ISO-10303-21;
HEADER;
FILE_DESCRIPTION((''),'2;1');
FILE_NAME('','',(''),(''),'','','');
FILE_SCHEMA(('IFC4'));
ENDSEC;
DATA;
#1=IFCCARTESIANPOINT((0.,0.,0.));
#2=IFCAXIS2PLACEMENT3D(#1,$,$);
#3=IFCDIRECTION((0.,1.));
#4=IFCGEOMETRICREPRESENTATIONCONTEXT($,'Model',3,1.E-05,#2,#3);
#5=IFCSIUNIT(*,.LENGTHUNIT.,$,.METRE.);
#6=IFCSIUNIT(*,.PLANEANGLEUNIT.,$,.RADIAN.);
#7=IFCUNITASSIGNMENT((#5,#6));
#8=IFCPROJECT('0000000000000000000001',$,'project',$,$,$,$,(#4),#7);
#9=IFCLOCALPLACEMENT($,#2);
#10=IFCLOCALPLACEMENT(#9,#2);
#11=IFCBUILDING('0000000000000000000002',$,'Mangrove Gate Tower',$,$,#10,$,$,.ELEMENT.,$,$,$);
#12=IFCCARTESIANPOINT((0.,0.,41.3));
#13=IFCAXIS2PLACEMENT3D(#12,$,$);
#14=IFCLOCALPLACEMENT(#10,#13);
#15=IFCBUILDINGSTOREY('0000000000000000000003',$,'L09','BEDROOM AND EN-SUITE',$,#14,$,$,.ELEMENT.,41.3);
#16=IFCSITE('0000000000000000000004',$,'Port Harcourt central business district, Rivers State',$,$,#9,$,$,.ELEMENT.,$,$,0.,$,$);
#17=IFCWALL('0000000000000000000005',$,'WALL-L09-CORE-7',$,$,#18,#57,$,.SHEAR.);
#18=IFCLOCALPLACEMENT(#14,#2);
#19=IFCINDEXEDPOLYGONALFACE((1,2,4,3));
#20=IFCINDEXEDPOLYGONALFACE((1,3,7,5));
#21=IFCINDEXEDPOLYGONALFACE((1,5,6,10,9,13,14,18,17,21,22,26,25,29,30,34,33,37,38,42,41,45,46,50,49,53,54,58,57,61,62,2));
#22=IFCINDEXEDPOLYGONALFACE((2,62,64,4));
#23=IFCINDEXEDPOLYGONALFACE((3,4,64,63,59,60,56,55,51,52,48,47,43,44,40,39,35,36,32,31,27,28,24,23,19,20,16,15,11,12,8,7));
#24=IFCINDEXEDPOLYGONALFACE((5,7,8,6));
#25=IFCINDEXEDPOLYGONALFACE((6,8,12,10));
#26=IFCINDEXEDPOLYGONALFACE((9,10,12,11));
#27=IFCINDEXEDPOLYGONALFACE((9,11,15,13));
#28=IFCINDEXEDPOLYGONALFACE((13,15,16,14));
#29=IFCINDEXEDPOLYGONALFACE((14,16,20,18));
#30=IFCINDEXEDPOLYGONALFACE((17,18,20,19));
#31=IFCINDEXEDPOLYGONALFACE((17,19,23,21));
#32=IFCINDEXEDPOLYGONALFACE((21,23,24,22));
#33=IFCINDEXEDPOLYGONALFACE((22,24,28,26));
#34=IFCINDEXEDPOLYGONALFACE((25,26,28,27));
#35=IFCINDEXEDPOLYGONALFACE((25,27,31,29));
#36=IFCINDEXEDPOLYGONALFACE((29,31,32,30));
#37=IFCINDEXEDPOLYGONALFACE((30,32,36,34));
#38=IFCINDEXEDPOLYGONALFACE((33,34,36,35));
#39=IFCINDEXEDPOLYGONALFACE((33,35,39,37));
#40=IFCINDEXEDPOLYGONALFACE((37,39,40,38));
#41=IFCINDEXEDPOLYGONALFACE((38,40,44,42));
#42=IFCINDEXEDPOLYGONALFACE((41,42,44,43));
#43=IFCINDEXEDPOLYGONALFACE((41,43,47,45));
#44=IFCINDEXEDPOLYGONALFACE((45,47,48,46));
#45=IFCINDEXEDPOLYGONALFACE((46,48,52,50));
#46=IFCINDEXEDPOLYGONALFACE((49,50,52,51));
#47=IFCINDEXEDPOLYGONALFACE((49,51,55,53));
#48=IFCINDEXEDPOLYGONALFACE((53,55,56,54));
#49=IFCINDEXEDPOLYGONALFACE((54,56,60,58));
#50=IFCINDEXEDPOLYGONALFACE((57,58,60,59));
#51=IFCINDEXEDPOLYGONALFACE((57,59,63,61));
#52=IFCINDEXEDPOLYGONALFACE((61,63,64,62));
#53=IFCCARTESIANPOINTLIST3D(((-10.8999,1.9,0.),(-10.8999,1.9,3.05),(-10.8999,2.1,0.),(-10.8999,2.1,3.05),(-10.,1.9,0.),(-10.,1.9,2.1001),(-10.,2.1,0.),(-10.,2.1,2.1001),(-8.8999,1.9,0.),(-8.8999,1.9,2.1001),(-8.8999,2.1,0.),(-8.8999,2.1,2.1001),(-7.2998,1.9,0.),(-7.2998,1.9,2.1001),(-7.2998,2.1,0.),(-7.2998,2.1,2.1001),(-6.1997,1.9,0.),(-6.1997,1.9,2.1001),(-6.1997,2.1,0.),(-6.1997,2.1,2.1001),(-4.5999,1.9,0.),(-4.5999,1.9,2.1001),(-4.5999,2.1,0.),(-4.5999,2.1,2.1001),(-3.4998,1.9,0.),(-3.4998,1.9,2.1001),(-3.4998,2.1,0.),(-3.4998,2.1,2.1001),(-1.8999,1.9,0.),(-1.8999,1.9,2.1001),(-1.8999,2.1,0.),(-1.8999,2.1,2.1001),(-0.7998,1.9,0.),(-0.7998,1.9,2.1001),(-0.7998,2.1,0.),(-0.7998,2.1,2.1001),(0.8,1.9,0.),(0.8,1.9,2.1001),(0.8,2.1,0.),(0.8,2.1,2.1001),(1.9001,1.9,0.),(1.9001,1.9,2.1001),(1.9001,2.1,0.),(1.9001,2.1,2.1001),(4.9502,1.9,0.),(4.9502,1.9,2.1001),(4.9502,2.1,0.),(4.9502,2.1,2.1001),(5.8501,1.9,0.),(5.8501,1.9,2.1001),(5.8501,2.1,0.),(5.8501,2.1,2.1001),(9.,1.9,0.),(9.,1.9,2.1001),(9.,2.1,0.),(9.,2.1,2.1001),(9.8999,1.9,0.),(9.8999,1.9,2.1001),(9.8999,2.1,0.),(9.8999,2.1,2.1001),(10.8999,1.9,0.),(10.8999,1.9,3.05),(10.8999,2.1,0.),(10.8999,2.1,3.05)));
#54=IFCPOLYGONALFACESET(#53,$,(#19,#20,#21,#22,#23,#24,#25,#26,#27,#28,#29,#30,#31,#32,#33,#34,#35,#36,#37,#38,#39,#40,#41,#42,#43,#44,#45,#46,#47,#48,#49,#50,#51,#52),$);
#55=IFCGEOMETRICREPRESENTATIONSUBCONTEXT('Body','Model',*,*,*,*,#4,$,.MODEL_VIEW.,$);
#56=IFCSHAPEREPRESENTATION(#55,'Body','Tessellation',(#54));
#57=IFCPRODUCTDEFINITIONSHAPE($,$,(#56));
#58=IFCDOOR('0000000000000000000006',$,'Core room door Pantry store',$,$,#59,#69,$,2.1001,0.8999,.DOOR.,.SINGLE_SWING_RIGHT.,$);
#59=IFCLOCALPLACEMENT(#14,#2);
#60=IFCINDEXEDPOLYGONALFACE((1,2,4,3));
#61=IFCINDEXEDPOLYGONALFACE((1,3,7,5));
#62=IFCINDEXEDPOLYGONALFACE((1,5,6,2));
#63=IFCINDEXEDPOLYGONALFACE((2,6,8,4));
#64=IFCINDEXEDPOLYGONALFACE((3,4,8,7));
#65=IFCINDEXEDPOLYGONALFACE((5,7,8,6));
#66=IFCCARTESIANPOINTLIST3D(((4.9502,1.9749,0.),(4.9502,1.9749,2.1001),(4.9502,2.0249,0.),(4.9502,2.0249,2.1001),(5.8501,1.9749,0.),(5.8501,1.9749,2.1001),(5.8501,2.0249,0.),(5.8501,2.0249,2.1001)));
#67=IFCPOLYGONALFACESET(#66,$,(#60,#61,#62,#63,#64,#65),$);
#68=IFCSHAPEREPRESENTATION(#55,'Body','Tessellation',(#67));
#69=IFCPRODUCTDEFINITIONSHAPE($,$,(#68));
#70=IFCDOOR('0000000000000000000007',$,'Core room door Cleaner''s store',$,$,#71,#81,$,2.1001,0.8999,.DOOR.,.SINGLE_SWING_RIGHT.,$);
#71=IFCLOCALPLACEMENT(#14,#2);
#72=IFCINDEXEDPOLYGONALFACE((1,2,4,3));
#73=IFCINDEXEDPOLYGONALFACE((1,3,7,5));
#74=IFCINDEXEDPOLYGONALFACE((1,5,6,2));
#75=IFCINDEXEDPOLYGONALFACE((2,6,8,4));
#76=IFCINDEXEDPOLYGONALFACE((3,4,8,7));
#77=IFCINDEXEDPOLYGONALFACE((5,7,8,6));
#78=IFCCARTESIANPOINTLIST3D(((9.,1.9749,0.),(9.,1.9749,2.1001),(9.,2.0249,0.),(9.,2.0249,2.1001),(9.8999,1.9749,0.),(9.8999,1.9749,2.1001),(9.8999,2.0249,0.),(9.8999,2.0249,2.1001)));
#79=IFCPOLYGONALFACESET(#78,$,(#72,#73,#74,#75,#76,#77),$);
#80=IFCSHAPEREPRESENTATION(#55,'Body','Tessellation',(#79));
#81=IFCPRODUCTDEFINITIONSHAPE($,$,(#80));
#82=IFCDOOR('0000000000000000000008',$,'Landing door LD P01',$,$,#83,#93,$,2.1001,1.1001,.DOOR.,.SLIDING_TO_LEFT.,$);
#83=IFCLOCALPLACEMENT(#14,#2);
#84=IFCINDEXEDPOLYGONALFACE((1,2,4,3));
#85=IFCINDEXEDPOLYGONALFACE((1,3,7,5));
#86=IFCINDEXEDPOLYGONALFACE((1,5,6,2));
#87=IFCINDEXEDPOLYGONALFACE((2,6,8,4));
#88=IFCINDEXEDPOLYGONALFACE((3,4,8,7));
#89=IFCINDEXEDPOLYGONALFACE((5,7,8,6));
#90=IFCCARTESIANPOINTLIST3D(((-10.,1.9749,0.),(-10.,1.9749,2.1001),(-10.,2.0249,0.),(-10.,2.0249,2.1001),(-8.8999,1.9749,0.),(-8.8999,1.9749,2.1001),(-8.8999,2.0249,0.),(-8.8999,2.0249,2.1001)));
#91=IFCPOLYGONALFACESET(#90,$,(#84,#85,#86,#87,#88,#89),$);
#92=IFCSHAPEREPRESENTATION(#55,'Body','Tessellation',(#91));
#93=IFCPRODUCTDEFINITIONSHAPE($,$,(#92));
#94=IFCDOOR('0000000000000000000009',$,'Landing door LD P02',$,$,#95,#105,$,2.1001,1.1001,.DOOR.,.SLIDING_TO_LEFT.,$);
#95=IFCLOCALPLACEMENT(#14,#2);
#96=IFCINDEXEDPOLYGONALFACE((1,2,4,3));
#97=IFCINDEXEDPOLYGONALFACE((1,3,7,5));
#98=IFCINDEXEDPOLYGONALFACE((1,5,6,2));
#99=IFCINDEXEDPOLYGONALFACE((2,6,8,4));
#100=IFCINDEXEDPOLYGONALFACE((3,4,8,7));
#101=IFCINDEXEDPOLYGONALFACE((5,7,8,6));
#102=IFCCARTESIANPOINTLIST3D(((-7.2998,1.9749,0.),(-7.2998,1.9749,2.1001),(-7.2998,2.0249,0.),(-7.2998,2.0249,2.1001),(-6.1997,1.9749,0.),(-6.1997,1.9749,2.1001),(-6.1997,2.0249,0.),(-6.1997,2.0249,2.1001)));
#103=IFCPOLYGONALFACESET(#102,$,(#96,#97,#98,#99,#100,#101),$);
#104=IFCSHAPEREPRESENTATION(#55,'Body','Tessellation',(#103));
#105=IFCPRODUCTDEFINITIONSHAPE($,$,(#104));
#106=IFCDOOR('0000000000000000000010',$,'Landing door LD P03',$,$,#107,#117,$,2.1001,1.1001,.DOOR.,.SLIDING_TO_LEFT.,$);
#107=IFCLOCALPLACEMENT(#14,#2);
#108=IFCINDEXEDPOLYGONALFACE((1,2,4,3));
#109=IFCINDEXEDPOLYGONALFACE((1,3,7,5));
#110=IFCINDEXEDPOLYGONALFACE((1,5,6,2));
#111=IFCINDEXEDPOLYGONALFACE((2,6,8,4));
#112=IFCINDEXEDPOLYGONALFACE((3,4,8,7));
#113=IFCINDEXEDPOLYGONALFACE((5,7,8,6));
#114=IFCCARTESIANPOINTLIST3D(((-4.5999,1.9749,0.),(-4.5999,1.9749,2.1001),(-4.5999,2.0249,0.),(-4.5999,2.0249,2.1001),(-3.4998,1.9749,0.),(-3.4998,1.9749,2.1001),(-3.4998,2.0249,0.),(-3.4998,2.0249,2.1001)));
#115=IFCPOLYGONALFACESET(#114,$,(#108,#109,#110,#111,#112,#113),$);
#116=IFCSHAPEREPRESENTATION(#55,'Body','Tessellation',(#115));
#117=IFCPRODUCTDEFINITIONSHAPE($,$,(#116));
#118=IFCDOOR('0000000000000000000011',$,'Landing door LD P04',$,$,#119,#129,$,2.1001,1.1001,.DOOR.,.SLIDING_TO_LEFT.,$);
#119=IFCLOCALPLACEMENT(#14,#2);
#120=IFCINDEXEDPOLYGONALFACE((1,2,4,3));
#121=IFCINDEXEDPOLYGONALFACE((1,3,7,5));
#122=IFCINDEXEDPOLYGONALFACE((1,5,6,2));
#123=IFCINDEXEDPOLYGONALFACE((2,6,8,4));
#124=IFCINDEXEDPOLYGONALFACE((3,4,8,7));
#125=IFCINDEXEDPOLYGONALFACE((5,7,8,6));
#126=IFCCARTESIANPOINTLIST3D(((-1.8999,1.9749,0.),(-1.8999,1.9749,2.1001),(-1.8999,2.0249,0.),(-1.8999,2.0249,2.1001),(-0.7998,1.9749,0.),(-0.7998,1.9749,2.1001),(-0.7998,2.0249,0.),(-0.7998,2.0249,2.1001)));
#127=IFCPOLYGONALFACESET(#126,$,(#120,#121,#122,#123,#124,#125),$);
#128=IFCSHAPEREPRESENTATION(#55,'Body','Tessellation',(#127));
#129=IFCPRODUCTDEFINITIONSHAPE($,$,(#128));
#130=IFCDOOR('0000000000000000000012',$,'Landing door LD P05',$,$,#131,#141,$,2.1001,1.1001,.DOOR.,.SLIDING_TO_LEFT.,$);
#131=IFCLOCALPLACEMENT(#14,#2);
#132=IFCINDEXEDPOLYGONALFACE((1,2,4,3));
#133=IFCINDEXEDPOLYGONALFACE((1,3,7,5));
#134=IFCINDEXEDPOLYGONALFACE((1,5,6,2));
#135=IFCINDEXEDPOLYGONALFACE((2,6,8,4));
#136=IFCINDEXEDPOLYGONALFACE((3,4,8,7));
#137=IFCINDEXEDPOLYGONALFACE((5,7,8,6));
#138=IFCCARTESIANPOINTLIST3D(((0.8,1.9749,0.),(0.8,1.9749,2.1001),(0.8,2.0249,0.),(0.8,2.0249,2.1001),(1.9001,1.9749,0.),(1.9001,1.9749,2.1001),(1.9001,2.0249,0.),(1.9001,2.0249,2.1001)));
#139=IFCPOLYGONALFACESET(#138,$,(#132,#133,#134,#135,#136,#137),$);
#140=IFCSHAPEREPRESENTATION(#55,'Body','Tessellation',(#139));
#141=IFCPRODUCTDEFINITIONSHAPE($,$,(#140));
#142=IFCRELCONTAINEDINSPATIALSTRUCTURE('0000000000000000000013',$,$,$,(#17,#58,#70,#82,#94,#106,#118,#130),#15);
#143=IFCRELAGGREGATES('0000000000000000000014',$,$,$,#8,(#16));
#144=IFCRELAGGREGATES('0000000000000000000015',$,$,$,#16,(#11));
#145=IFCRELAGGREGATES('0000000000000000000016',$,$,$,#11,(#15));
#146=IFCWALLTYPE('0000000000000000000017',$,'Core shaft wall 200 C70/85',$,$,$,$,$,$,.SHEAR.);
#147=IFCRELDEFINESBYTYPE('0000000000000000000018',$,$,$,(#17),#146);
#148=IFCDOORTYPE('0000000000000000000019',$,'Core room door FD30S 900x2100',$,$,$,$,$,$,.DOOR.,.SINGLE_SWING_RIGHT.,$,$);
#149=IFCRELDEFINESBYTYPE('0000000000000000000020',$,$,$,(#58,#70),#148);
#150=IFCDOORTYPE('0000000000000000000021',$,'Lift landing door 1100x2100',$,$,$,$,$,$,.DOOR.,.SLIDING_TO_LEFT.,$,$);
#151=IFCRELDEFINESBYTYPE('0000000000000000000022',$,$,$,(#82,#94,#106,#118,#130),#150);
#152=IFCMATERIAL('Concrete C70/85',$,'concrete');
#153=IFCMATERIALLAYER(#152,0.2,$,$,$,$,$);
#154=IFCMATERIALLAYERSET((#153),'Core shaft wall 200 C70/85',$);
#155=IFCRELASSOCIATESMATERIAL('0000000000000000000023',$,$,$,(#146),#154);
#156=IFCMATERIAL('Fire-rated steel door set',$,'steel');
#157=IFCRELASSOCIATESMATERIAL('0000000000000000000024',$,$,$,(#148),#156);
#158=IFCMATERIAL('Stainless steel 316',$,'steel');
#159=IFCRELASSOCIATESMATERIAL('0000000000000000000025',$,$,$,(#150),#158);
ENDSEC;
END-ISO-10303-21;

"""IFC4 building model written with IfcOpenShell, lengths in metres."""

from ifc_helpers import new_model, si_unit, direction, frame, frame_2d, origin, place, context, subcontext, project, spatial, rectangle, extrude, material, layer, layer_set, type_object, element, fill, save


model = new_model("IFC4")

# Units and contexts
model_context = context("Model", 3, precision=1e-05, world=origin(), true_north=direction((0.0, 1.0)))
body_context = subcontext(model_context, "Body", "Model", "MODEL_VIEW")
ifc_project = project(units=[si_unit("LENGTHUNIT", "METRE"), si_unit("PLANEANGLEUNIT", "RADIAN")], contexts=[model_context])

# Site, building, storey
site_placement = place(None, origin())
site = spatial("IfcSite", under=ifc_project, at=site_placement, Name="Port Harcourt central business district, Rivers State", CompositionType="ELEMENT", RefElevation=0.0)
building_placement = place(site_placement, origin())
building = spatial("IfcBuilding", under=site, at=building_placement, Name="Mangrove Gate Tower", CompositionType="ELEMENT")
storey_placement = place(building_placement, frame((0.0, 0.0, 41.3)))
storey = spatial("IfcBuildingStorey", under=building, at=storey_placement, Name="L09", Description="BEDROOM AND EN-SUITE", CompositionType="ELEMENT", Elevation=41.3)

# Shared definitions
ifc_material_1 = material(Name="Concrete C70/85", Category="concrete")
ifc_layer_1 = layer(ifc_material_1, 0.2)
ifc_layer_set_1 = layer_set([ifc_layer_1], Name="Core shaft wall 200 C70/85")
wall_type_1 = type_object("IfcWallType", Name="Core shaft wall 200 C70/85", PredefinedType="SHEAR", material=ifc_layer_set_1)

# Wall, openings, doors
wall_1_placement = place(storey_placement, frame((-10.8999, 2.0, 0.0), z_axis=(0.0, 0.0, 1.0), x_axis=(1.0, 0.0, 0.0)))
wall_1 = element("IfcWall", 1, at=wall_1_placement, inside=storey, type_object=wall_type_1, Name="WALL-L09-CORE-7", PredefinedType="SHEAR", context=body_context, shape_type="SweptSolid", body=[
    extrude(rectangle(XDim=21.7998, YDim=0.2, at=frame_2d((10.8999, 0.0))), origin(), (0.0, 0.0, 1.0), 3.05),
])
opening_1_placement = place(wall_1_placement, frame((0.8999, 0.0, 0.0)))
opening_1 = element("IfcOpeningElement", 2, at=opening_1_placement, cuts=wall_1, PredefinedType="OPENING", context=body_context, shape_type="SweptSolid", body=[
    extrude(rectangle(XDim=1.1001, YDim=2.1001, at=frame_2d((0.55, 1.05))), frame((0.0, 0.1099, 0.0), z_axis=(0.0, -1.0, 0.0), x_axis=(1.0, 0.0, 0.0)), (0.0, 0.0, 1.0), 0.22),
])
opening_2_placement = place(wall_1_placement, frame((3.6001, 0.0, 0.0)))
opening_2 = element("IfcOpeningElement", 3, at=opening_2_placement, cuts=wall_1, PredefinedType="OPENING", context=body_context, shape_type="SweptSolid", body=[
    extrude(rectangle(XDim=1.1001, YDim=2.1001, at=frame_2d((0.55, 1.05))), frame((0.0, 0.1099, 0.0), z_axis=(0.0, -1.0, 0.0), x_axis=(1.0, 0.0, 0.0)), (0.0, 0.0, 1.0), 0.22),
])
opening_3_placement = place(wall_1_placement, frame((6.3, 0.0, 0.0)))
opening_3 = element("IfcOpeningElement", 4, at=opening_3_placement, cuts=wall_1, PredefinedType="OPENING", context=body_context, shape_type="SweptSolid", body=[
    extrude(rectangle(XDim=1.1001, YDim=2.1001, at=frame_2d((0.55, 1.05))), frame((0.0, 0.1099, 0.0), z_axis=(0.0, -1.0, 0.0), x_axis=(1.0, 0.0, 0.0)), (0.0, 0.0, 1.0), 0.22),
])
opening_4_placement = place(wall_1_placement, frame((9.0, 0.0, 0.0)))
opening_4 = element("IfcOpeningElement", 5, at=opening_4_placement, cuts=wall_1, PredefinedType="OPENING", context=body_context, shape_type="SweptSolid", body=[
    extrude(rectangle(XDim=1.1001, YDim=2.1001, at=frame_2d((0.55, 1.05))), frame((0.0, 0.1099, 0.0), z_axis=(0.0, -1.0, 0.0), x_axis=(1.0, 0.0, 0.0)), (0.0, 0.0, 1.0), 0.22),
])
opening_5_placement = place(wall_1_placement, frame((11.7, 0.0, 0.0)))
opening_5 = element("IfcOpeningElement", 6, at=opening_5_placement, cuts=wall_1, PredefinedType="OPENING", context=body_context, shape_type="SweptSolid", body=[
    extrude(rectangle(XDim=1.1001, YDim=2.1001, at=frame_2d((0.55, 1.05))), frame((0.0, 0.1099, 0.0), z_axis=(0.0, -1.0, 0.0), x_axis=(1.0, 0.0, 0.0)), (0.0, 0.0, 1.0), 0.22),
])
opening_6_placement = place(wall_1_placement, frame((15.8501, 0.0, 0.0)))
opening_6 = element("IfcOpeningElement", 7, at=opening_6_placement, cuts=wall_1, PredefinedType="OPENING", context=body_context, shape_type="SweptSolid", body=[
    extrude(rectangle(XDim=0.8999, YDim=2.1001, at=frame_2d((0.45, 1.05))), frame((0.0, 0.1099, 0.0), z_axis=(0.0, -1.0, 0.0), x_axis=(1.0, 0.0, 0.0)), (0.0, 0.0, 1.0), 0.22),
])
opening_7_placement = place(wall_1_placement, frame((19.8999, 0.0, 0.0)))
opening_7 = element("IfcOpeningElement", 8, at=opening_7_placement, cuts=wall_1, PredefinedType="OPENING", context=body_context, shape_type="SweptSolid", body=[
    extrude(rectangle(XDim=0.8999, YDim=2.1001, at=frame_2d((0.45, 1.05))), frame((0.0, 0.1099, 0.0), z_axis=(0.0, -1.0, 0.0), x_axis=(1.0, 0.0, 0.0)), (0.0, 0.0, 1.0), 0.22),
])
ifc_material_2 = material(Name="Fire-rated steel door set", Category="steel")
door_type_1 = type_object("IfcDoorType", Name="Core room door FD30S 900x2100", OperationType="SINGLE_SWING_RIGHT", PredefinedType="DOOR", material=ifc_material_2)
door_1_placement = place(opening_6_placement, origin())
door_1 = element("IfcDoor", 9, at=door_1_placement, inside=storey, type_object=door_type_1, Name="Core room door Pantry store", OperationType="SINGLE_SWING_RIGHT", OverallHeight=2.1001, OverallWidth=0.8999, PredefinedType="DOOR", context=body_context, shape_type="SweptSolid", body=[
    extrude(rectangle(XDim=0.8999, YDim=2.1001, at=frame_2d((0.45, 1.05))), frame((0.0, 0.0249, 0.0), z_axis=(0.0, -1.0, 0.0), x_axis=(1.0, 0.0, 0.0)), (0.0, 0.0, 1.0), 0.05),
])
fill(opening_6, door_1)
door_2_placement = place(opening_7_placement, origin())
door_2 = element("IfcDoor", 10, at=door_2_placement, inside=storey, type_object=door_type_1, Name="Core room door Cleaner's store", OperationType="SINGLE_SWING_RIGHT", OverallHeight=2.1001, OverallWidth=0.8999, PredefinedType="DOOR", context=body_context, shape_type="SweptSolid", body=[
    extrude(rectangle(XDim=0.8999, YDim=2.1001, at=frame_2d((0.45, 1.05))), frame((0.0, 0.0249, 0.0), z_axis=(0.0, -1.0, 0.0), x_axis=(1.0, 0.0, 0.0)), (0.0, 0.0, 1.0), 0.05),
])
fill(opening_7, door_2)
ifc_material_3 = material(Name="Stainless steel 316", Category="steel")
door_type_2 = type_object("IfcDoorType", Name="Lift landing door 1100x2100", OperationType="SLIDING_TO_LEFT", PredefinedType="DOOR", material=ifc_material_3)
door_3_placement = place(opening_1_placement, origin())
door_3 = element("IfcDoor", 11, at=door_3_placement, inside=storey, type_object=door_type_2, Name="Landing door LD P01", OperationType="SLIDING_TO_LEFT", OverallHeight=2.1001, OverallWidth=1.1001, PredefinedType="DOOR", context=body_context, shape_type="SweptSolid", body=[
    extrude(rectangle(XDim=1.1001, YDim=2.1001, at=frame_2d((0.55, 1.05))), frame((0.0, 0.0249, 0.0), z_axis=(0.0, -1.0, 0.0), x_axis=(1.0, 0.0, 0.0)), (0.0, 0.0, 1.0), 0.05),
])
fill(opening_1, door_3)
door_4_placement = place(opening_2_placement, origin())
door_4 = element("IfcDoor", 12, at=door_4_placement, inside=storey, type_object=door_type_2, Name="Landing door LD P02", OperationType="SLIDING_TO_LEFT", OverallHeight=2.1001, OverallWidth=1.1001, PredefinedType="DOOR", context=body_context, shape_type="SweptSolid", body=[
    extrude(rectangle(XDim=1.1001, YDim=2.1001, at=frame_2d((0.55, 1.05))), frame((0.0, 0.0249, 0.0), z_axis=(0.0, -1.0, 0.0), x_axis=(1.0, 0.0, 0.0)), (0.0, 0.0, 1.0), 0.05),
])
fill(opening_2, door_4)
door_5_placement = place(opening_3_placement, origin())
door_5 = element("IfcDoor", 13, at=door_5_placement, inside=storey, type_object=door_type_2, Name="Landing door LD P03", OperationType="SLIDING_TO_LEFT", OverallHeight=2.1001, OverallWidth=1.1001, PredefinedType="DOOR", context=body_context, shape_type="SweptSolid", body=[
    extrude(rectangle(XDim=1.1001, YDim=2.1001, at=frame_2d((0.55, 1.05))), frame((0.0, 0.0249, 0.0), z_axis=(0.0, -1.0, 0.0), x_axis=(1.0, 0.0, 0.0)), (0.0, 0.0, 1.0), 0.05),
])
fill(opening_3, door_5)
door_6_placement = place(opening_4_placement, origin())
door_6 = element("IfcDoor", 14, at=door_6_placement, inside=storey, type_object=door_type_2, Name="Landing door LD P04", OperationType="SLIDING_TO_LEFT", OverallHeight=2.1001, OverallWidth=1.1001, PredefinedType="DOOR", context=body_context, shape_type="SweptSolid", body=[
    extrude(rectangle(XDim=1.1001, YDim=2.1001, at=frame_2d((0.55, 1.05))), frame((0.0, 0.0249, 0.0), z_axis=(0.0, -1.0, 0.0), x_axis=(1.0, 0.0, 0.0)), (0.0, 0.0, 1.0), 0.05),
])
fill(opening_4, door_6)
door_7_placement = place(opening_5_placement, origin())
door_7 = element("IfcDoor", 15, at=door_7_placement, inside=storey, type_object=door_type_2, Name="Landing door LD P05", OperationType="SLIDING_TO_LEFT", OverallHeight=2.1001, OverallWidth=1.1001, PredefinedType="DOOR", context=body_context, shape_type="SweptSolid", body=[
    extrude(rectangle(XDim=1.1001, YDim=2.1001, at=frame_2d((0.55, 1.05))), frame((0.0, 0.0249, 0.0), z_axis=(0.0, -1.0, 0.0), x_axis=(1.0, 0.0, 0.0)), (0.0, 0.0, 1.0), 0.05),
])
fill(opening_5, door_7)

save(model, "model.ifc")
